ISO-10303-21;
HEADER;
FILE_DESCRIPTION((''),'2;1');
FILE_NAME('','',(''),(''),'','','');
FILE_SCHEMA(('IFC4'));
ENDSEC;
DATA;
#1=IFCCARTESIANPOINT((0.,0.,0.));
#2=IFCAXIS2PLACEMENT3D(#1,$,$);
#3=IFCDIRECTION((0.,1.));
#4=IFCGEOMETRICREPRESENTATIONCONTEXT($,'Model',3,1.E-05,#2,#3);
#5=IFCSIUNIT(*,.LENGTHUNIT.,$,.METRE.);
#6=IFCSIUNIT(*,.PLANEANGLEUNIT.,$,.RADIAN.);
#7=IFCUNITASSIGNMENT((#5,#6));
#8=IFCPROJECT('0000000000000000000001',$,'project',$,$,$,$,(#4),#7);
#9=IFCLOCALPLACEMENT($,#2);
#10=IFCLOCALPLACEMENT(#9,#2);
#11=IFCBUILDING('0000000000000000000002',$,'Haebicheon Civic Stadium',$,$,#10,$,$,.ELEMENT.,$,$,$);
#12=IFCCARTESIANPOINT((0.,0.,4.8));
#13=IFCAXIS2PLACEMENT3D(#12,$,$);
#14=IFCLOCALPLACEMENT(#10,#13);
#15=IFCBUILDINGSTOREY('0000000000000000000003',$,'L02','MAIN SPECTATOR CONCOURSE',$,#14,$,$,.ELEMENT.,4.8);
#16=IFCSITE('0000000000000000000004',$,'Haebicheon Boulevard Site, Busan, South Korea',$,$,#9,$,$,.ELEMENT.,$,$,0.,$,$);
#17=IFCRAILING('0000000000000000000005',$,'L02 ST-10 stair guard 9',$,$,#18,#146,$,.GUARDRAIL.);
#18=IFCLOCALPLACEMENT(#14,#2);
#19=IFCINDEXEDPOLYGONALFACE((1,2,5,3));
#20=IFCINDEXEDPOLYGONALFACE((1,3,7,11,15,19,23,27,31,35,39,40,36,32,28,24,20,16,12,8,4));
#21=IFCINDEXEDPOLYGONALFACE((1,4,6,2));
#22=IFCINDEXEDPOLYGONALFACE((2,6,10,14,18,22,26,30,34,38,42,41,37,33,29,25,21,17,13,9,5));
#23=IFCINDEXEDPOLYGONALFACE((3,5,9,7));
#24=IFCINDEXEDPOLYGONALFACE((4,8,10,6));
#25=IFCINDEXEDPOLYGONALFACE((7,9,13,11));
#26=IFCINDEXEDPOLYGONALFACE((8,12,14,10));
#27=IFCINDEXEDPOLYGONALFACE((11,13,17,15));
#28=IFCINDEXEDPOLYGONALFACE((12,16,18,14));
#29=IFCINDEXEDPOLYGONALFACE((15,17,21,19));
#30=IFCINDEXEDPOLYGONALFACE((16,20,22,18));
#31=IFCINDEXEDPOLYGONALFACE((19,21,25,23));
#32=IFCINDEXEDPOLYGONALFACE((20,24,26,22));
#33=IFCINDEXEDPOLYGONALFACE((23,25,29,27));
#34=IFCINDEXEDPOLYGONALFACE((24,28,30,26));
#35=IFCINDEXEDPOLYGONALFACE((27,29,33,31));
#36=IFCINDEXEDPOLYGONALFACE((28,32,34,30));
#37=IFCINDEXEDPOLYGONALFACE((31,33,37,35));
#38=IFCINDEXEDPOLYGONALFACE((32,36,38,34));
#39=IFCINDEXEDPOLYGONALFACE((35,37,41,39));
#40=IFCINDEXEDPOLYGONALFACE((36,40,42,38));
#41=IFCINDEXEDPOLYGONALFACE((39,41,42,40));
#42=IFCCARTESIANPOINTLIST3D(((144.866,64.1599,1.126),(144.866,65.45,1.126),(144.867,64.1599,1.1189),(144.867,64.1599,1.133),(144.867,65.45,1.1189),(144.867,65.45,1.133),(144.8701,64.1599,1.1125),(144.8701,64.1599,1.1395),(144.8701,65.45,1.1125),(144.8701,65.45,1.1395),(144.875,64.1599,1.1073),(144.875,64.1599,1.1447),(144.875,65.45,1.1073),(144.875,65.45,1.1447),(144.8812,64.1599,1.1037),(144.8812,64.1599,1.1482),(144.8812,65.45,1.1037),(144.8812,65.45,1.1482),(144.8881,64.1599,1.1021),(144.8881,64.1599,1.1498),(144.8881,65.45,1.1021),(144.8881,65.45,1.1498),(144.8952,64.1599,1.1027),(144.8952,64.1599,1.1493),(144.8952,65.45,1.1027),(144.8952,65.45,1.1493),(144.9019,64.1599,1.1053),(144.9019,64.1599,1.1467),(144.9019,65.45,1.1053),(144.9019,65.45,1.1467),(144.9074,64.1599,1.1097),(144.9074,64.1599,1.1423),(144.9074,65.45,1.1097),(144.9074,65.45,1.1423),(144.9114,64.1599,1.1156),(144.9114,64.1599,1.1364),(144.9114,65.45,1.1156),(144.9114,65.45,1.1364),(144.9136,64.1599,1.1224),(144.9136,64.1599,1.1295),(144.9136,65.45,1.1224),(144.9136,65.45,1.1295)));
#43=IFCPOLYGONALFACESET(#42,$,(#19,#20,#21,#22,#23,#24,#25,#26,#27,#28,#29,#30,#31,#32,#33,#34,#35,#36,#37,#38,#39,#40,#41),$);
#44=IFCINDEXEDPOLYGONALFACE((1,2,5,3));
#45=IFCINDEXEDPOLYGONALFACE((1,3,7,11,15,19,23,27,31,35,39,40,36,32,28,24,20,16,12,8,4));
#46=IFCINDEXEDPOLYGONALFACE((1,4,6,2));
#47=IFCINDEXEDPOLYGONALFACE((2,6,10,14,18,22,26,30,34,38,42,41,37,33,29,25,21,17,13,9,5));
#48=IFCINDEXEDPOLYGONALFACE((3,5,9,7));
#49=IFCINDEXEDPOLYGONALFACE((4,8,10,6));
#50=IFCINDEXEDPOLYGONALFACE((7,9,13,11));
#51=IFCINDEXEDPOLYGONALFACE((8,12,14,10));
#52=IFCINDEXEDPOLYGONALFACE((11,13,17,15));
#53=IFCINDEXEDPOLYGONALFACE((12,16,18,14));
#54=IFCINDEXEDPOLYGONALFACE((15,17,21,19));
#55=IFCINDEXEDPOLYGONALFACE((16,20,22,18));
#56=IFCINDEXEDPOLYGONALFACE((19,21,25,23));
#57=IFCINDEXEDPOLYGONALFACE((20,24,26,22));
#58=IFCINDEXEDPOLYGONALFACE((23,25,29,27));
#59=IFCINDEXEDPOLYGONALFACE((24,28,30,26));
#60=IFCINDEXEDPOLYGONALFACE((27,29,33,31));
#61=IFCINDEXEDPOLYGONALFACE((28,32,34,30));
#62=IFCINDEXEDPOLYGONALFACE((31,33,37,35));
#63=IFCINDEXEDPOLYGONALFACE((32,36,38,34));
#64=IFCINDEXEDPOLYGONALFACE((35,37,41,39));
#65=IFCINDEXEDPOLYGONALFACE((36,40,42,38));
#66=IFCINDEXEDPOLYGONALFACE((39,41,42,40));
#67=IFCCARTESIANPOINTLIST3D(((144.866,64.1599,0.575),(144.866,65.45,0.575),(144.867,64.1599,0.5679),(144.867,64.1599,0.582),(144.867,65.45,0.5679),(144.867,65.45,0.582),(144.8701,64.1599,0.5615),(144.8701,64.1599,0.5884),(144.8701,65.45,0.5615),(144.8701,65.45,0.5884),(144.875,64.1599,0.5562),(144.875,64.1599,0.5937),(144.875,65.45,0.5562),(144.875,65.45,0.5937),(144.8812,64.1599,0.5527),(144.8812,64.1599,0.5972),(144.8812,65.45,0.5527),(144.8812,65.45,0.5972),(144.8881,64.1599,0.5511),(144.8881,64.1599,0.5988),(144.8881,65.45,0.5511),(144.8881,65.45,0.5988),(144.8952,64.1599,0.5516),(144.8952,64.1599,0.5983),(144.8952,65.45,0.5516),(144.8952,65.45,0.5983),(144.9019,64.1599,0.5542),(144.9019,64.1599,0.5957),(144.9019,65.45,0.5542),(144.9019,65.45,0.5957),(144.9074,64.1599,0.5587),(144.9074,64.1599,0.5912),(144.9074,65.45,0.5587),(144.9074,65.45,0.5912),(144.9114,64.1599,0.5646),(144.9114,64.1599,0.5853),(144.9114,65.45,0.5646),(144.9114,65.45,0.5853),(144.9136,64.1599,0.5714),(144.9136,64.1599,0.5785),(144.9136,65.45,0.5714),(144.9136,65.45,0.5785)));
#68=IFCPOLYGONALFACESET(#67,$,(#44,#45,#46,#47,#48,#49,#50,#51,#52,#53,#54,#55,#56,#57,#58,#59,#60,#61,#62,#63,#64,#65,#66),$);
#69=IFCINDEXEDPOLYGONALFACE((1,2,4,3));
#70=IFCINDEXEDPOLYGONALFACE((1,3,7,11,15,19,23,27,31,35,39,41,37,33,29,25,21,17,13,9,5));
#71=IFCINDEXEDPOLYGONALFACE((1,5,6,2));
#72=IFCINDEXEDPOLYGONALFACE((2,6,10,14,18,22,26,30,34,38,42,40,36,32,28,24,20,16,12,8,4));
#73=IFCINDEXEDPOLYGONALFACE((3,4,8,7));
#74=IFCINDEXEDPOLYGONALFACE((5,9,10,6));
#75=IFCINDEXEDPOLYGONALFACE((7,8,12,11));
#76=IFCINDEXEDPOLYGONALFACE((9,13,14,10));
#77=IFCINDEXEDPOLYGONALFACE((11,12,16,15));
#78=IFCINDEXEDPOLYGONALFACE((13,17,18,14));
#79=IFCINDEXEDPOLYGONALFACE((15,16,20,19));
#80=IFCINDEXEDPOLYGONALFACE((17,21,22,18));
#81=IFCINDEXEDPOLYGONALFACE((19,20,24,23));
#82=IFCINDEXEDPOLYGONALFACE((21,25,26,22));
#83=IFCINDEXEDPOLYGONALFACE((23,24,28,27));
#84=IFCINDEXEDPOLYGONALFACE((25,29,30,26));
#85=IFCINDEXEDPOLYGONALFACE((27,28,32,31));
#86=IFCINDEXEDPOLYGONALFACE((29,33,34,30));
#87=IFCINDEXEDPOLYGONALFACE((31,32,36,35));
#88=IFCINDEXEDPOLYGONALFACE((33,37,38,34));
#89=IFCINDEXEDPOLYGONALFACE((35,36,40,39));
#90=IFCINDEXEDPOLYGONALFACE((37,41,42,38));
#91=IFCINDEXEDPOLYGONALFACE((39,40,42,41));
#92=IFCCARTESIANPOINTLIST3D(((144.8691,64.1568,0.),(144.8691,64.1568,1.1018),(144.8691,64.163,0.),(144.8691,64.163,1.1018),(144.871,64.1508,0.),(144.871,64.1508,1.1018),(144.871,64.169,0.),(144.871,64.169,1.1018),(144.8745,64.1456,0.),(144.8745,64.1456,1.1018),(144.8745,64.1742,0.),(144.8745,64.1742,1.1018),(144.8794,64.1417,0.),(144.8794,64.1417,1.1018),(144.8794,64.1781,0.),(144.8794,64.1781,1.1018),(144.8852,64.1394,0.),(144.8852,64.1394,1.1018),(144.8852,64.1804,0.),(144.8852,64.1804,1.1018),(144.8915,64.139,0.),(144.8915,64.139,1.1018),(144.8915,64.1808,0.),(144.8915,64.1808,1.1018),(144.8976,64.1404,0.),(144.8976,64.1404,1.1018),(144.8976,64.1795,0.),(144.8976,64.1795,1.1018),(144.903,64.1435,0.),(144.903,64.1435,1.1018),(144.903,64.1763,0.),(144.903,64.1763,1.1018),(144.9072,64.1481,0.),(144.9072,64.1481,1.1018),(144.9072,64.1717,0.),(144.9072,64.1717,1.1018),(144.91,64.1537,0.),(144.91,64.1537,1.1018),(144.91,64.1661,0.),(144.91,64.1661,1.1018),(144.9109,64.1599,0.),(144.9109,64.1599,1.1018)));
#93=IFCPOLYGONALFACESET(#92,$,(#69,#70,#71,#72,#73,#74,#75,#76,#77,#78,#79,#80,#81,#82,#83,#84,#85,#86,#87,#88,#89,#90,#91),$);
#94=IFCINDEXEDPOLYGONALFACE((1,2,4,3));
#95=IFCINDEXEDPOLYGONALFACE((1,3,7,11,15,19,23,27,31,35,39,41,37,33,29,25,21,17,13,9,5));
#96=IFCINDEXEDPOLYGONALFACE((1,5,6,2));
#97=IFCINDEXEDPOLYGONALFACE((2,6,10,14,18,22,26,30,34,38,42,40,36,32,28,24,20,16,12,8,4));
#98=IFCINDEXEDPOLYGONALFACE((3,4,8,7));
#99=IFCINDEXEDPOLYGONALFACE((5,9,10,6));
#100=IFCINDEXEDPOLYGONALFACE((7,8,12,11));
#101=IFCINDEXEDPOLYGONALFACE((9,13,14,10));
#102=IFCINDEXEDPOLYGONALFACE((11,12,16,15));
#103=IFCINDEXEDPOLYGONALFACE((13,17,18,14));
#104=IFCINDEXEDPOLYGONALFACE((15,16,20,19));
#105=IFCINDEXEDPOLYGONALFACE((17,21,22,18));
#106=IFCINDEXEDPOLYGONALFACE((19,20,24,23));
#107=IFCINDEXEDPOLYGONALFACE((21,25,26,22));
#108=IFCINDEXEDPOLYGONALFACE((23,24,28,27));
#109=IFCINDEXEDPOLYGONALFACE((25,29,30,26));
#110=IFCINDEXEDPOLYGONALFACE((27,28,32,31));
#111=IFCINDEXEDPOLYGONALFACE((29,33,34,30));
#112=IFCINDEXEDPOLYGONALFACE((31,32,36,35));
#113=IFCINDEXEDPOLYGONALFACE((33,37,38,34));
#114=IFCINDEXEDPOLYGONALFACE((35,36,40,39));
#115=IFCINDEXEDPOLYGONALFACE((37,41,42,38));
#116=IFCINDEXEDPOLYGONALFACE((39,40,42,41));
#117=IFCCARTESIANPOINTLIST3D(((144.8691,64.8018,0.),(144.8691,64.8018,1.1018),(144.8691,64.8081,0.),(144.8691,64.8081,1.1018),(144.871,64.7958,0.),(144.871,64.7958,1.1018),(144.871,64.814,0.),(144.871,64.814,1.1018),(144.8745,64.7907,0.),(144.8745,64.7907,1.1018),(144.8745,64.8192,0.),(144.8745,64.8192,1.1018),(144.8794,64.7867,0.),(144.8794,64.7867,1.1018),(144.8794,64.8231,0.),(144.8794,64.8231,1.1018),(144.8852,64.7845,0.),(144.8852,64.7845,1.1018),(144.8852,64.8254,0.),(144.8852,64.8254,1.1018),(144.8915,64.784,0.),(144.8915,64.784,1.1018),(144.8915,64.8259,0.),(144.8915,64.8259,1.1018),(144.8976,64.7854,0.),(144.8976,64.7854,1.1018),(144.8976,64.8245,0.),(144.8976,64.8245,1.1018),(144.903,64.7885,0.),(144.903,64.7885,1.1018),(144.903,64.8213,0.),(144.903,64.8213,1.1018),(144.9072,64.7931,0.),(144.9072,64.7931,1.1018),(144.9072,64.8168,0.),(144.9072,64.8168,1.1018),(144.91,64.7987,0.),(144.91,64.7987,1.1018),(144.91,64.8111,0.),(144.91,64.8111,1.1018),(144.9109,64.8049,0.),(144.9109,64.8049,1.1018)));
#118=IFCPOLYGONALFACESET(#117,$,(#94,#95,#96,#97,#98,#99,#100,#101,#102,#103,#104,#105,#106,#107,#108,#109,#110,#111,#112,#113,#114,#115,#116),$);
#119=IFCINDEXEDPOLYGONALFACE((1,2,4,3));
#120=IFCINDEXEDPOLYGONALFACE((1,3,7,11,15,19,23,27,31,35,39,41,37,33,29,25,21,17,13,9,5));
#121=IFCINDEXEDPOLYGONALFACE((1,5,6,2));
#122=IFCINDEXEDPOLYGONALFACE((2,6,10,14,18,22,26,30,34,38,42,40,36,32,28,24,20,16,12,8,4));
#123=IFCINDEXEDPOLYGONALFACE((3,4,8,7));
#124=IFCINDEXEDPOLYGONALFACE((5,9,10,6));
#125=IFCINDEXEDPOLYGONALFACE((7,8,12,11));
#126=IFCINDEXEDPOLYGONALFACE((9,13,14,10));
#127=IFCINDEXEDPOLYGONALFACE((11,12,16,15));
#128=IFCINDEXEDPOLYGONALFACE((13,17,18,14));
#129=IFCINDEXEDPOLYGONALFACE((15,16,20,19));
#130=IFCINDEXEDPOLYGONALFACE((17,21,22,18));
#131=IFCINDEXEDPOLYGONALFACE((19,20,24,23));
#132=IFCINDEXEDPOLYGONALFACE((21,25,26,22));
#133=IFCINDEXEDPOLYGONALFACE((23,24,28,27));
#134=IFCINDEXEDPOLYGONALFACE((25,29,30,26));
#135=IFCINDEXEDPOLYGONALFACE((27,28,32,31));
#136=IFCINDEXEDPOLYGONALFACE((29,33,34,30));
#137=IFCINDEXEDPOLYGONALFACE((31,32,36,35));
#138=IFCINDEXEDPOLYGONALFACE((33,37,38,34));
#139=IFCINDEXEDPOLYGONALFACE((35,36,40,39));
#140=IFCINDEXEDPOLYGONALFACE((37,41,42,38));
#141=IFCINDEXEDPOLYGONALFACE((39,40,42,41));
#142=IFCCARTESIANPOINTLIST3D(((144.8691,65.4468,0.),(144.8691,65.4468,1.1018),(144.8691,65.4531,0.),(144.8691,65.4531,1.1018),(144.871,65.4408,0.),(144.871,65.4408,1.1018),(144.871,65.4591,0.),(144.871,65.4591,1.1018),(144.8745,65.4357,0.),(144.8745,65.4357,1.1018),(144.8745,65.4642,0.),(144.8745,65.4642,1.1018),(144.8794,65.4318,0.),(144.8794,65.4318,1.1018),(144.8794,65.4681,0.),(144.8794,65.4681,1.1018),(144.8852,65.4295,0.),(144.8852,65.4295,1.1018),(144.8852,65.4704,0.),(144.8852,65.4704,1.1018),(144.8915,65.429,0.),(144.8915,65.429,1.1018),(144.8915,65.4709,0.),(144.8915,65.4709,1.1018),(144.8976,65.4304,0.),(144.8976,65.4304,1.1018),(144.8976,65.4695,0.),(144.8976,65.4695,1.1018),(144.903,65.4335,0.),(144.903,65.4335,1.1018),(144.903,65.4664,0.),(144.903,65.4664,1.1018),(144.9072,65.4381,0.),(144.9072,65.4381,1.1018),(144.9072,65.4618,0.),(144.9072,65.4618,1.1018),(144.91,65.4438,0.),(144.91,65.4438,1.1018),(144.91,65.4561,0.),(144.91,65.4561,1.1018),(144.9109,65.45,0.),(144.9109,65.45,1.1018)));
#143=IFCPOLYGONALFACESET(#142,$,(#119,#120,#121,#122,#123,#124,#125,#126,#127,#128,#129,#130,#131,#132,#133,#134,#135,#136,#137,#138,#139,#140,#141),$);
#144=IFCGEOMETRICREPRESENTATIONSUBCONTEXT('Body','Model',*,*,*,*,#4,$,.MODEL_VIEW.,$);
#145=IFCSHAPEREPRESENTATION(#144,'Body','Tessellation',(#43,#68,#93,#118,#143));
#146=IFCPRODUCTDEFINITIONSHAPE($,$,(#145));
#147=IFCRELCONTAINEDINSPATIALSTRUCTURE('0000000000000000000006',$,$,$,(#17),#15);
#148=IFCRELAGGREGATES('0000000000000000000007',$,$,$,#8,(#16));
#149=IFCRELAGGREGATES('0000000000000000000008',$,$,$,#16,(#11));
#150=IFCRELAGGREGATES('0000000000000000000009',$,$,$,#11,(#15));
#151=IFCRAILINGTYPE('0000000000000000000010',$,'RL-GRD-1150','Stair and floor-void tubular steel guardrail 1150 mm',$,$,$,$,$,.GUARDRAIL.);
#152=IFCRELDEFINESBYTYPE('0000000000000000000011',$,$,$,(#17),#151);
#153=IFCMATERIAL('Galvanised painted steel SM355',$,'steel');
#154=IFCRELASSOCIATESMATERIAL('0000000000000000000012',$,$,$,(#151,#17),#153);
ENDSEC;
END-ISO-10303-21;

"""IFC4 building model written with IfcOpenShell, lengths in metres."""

from ifc_helpers import new_model, si_unit, direction, frame, origin, origin_2d, place, context, subcontext, project, spatial, circle, extrude, material, type_object, element, save


model = new_model("IFC4")

# Units and contexts
model_context = context("Model", 3, precision=1e-05, world=origin(), true_north=direction((0.0, 1.0)))
body_context = subcontext(model_context, "Body", "Model", "MODEL_VIEW")
ifc_project = project(units=[si_unit("LENGTHUNIT", "METRE"), si_unit("PLANEANGLEUNIT", "RADIAN")], contexts=[model_context])

# Site, building, storey
site_placement = place(None, origin())
site = spatial("IfcSite", under=ifc_project, at=site_placement, Name="Haebicheon Boulevard Site, Busan, South Korea", CompositionType="ELEMENT", RefElevation=0.0)
building_placement = place(site_placement, origin())
building = spatial("IfcBuilding", under=site, at=building_placement, Name="Haebicheon Civic Stadium", CompositionType="ELEMENT")
storey_placement = place(building_placement, frame((0.0, 0.0, 4.8)))
storey = spatial("IfcBuildingStorey", under=building, at=storey_placement, Name="L02", Description="MAIN SPECTATOR CONCOURSE", CompositionType="ELEMENT", Elevation=4.8)

# Railing
ifc_material_1 = material(Name="Galvanised painted steel SM355", Category="steel")
railing_type_1 = type_object("IfcRailingType", Name="RL-GRD-1150", Description="Stair and floor-void tubular steel guardrail 1150 mm", PredefinedType="GUARDRAIL", material=ifc_material_1)
railing_1_placement = place(storey_placement, frame((144.8899, 64.1599, 0.0)))
element("IfcRailing", 1, at=railing_1_placement, inside=storey, type_object=railing_type_1, material=ifc_material_1, Name="L02 ST-10 stair guard 9", PredefinedType="GUARDRAIL", context=body_context, shape_type="SweptSolid", body=[
    extrude(circle(Radius=0.0239, at=origin_2d()), frame((0.0, 0.0, 1.126), z_axis=(0.0, 1.0, 0.0), x_axis=(-1.0, 0.0, 0.0)), (0.0, 0.0, 1.0), 1.29),
    extrude(circle(Radius=0.0239, at=origin_2d()), frame((0.0, 0.0, 0.575), z_axis=(0.0, 1.0, 0.0), x_axis=(-1.0, 0.0, 0.0)), (0.0, 0.0, 1.0), 1.29),
    extrude(circle(Radius=0.021, at=origin_2d()), origin(), (0.0, 0.0, 1.0), 1.1018),
    extrude(circle(Radius=0.021, at=origin_2d()), frame((0.0, 0.645, 0.0)), (0.0, 0.0, 1.0), 1.1018),
    extrude(circle(Radius=0.021, at=origin_2d()), frame((0.0, 1.29, 0.0)), (0.0, 0.0, 1.0), 1.1018),
])

save(model, "model.ifc")
